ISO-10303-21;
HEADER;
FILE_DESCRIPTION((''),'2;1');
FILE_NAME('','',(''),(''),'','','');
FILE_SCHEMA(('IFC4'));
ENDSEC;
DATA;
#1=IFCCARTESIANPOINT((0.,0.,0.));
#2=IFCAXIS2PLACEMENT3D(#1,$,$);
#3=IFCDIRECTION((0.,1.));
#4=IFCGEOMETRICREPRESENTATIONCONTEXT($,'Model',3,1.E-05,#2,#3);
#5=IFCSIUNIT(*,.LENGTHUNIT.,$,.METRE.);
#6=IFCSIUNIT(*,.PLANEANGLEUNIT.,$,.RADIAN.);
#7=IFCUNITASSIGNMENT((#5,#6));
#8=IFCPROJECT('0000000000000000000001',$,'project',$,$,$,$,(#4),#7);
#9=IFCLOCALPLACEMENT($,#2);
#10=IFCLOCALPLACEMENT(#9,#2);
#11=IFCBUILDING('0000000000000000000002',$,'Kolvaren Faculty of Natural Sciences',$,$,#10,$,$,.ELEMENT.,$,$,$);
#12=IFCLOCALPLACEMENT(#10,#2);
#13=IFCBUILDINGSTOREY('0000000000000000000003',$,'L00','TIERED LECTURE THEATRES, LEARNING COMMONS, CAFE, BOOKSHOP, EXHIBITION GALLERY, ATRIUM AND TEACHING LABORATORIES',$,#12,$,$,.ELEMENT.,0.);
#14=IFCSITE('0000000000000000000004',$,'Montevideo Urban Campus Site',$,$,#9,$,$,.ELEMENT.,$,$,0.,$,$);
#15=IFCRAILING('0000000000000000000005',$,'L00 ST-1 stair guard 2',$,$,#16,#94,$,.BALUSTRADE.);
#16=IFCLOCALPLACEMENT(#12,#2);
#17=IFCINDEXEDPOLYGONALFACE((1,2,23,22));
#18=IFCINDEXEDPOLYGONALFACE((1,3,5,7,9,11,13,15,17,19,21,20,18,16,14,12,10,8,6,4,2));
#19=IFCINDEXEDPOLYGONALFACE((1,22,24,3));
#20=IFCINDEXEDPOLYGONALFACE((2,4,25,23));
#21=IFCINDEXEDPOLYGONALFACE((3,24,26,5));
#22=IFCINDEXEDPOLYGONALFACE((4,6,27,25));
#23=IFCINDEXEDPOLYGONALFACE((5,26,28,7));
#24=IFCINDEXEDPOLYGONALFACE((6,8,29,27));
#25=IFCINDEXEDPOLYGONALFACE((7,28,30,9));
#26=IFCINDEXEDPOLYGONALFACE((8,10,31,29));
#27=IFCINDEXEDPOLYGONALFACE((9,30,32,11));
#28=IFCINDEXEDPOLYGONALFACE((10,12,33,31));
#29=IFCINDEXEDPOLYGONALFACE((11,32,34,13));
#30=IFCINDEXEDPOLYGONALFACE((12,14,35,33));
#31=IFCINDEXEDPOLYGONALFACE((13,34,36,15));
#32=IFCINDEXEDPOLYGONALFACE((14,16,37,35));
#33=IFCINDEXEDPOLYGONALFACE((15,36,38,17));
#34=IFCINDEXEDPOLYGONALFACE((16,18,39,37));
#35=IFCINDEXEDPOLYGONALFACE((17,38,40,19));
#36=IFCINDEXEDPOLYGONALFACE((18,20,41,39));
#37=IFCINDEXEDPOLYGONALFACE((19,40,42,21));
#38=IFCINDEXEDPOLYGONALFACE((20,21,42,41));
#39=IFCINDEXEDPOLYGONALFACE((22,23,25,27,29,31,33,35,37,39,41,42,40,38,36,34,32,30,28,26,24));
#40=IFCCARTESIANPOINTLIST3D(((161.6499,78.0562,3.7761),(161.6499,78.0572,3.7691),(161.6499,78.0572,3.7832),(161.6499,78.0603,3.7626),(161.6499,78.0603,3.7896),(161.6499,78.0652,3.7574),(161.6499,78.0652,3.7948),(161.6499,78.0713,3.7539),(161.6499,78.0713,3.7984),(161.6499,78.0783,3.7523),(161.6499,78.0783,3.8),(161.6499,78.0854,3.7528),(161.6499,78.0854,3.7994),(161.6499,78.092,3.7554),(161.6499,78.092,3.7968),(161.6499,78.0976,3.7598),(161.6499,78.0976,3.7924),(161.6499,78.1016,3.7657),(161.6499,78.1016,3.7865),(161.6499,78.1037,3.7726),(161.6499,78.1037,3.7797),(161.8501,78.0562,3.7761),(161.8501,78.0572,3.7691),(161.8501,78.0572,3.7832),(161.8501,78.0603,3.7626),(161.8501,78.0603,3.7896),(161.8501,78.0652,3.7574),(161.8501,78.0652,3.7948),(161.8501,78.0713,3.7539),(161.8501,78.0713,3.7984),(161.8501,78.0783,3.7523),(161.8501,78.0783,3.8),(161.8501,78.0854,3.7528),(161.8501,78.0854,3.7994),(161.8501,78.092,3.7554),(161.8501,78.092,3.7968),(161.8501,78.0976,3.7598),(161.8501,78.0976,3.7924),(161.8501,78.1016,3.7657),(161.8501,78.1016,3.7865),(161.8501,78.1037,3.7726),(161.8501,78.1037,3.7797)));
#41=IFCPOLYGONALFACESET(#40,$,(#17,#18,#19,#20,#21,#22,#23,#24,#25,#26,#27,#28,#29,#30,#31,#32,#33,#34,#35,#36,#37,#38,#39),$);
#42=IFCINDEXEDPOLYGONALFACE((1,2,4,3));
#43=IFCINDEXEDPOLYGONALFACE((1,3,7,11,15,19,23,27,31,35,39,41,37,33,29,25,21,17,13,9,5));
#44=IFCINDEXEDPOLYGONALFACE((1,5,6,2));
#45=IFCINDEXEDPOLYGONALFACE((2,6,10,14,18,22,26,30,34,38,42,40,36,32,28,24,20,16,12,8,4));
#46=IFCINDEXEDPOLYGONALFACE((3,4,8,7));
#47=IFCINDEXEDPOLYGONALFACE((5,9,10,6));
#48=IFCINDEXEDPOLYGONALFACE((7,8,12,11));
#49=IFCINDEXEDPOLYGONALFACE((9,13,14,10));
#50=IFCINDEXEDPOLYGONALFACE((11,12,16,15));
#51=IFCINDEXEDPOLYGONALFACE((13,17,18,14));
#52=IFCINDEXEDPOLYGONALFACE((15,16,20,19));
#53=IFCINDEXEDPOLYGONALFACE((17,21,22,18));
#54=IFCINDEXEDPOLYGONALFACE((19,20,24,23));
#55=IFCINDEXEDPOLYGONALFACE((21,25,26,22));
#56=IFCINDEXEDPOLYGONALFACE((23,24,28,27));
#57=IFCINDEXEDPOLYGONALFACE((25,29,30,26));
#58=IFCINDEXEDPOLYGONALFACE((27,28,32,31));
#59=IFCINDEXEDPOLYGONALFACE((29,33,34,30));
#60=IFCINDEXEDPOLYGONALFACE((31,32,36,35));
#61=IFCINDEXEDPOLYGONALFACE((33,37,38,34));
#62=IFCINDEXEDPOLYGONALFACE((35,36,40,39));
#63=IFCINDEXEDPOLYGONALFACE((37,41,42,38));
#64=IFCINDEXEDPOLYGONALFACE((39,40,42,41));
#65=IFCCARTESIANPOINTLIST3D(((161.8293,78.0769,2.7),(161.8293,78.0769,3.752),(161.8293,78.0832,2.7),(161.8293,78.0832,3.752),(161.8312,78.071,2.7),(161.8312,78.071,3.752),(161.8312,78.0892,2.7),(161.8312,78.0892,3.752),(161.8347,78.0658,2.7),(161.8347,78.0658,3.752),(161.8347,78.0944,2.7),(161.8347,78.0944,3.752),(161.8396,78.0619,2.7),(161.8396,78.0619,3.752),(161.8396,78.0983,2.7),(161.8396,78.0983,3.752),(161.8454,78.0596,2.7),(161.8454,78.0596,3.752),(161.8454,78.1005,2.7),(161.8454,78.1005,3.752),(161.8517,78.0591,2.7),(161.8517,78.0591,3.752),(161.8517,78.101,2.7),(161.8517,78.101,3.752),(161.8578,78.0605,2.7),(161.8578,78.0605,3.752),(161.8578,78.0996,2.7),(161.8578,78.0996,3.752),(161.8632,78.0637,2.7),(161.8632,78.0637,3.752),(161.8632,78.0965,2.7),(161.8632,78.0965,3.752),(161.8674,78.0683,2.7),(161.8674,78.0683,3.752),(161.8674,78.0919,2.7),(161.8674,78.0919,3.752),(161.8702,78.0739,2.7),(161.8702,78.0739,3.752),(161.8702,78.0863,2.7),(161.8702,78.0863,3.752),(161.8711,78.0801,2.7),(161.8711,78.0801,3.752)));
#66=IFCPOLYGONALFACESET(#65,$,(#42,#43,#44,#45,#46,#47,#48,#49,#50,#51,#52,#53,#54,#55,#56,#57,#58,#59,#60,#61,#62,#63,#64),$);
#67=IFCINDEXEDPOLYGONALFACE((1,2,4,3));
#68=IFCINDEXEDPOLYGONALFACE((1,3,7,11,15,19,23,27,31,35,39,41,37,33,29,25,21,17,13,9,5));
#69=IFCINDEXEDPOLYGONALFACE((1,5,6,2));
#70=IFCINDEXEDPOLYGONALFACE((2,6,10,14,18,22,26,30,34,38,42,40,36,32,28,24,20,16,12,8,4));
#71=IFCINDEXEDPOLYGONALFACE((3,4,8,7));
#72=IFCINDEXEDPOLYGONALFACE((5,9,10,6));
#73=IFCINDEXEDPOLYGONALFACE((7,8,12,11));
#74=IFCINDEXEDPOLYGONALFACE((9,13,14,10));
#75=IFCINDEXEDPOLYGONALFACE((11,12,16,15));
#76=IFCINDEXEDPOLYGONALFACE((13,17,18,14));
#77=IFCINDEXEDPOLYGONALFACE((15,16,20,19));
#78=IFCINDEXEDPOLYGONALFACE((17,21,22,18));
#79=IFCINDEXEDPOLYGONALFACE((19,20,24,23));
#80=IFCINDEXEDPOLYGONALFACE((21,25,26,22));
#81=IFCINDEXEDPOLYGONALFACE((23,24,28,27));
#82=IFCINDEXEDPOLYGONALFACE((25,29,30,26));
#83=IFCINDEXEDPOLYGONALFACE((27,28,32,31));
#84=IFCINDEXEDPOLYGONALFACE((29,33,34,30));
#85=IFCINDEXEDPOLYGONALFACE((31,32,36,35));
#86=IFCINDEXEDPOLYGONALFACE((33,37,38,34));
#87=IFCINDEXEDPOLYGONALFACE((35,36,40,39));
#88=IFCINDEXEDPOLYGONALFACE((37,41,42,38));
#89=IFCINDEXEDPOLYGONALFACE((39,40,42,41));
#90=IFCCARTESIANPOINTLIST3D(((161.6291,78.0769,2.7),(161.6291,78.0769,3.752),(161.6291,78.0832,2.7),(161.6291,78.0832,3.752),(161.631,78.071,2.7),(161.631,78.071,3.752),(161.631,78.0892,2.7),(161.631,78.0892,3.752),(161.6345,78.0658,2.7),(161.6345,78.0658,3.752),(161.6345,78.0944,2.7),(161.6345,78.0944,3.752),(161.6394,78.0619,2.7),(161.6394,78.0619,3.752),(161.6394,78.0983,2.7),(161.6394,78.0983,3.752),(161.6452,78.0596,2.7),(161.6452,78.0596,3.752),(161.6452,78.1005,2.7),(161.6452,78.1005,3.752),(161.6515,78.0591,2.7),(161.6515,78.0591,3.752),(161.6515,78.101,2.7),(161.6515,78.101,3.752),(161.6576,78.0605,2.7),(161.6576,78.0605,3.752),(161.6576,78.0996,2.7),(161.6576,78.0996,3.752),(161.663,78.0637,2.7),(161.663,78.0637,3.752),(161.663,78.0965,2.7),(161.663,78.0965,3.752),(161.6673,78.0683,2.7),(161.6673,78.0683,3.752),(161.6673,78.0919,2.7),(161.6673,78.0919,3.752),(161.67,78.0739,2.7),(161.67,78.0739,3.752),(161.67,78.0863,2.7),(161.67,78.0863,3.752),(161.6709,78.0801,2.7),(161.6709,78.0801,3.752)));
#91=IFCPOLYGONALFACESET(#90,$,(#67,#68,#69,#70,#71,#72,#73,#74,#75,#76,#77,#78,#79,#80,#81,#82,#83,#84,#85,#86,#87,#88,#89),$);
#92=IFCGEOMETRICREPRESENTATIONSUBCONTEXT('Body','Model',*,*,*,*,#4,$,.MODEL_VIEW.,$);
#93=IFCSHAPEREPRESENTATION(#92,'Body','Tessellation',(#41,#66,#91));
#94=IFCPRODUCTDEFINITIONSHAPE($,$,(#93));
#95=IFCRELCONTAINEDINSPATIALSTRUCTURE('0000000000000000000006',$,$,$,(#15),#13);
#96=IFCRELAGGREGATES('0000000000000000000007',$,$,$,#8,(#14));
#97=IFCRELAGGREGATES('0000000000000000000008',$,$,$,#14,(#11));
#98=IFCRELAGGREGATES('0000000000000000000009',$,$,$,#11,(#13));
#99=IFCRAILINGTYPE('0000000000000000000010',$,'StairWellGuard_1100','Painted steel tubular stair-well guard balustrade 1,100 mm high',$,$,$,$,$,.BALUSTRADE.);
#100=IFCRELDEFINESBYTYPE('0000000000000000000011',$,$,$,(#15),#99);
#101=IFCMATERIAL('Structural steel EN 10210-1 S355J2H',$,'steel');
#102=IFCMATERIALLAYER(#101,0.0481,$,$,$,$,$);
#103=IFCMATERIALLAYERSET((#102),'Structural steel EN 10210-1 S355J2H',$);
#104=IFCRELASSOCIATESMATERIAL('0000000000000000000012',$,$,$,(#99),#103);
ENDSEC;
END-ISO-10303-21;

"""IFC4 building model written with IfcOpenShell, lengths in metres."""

from ifc_helpers import new_model, si_unit, direction, frame, origin, origin_2d, place, context, subcontext, project, spatial, circle, extrude, material, layer, layer_set, type_object, element, save


model = new_model("IFC4")

# Units and contexts
model_context = context("Model", 3, precision=1e-05, world=origin(), true_north=direction((0.0, 1.0)))
body_context = subcontext(model_context, "Body", "Model", "MODEL_VIEW")
ifc_project = project(units=[si_unit("LENGTHUNIT", "METRE"), si_unit("PLANEANGLEUNIT", "RADIAN")], contexts=[model_context])

# Site, building, storey
site_placement = place(None, origin())
site = spatial("IfcSite", under=ifc_project, at=site_placement, Name="Montevideo Urban Campus Site", CompositionType="ELEMENT", RefElevation=0.0)
building_placement = place(site_placement, origin())
building = spatial("IfcBuilding", under=site, at=building_placement, Name="Kolvaren Faculty of Natural Sciences", CompositionType="ELEMENT")
storey_placement = place(building_placement, origin())
storey = spatial("IfcBuildingStorey", under=building, at=storey_placement, Name="L00", Description="TIERED LECTURE THEATRES, LEARNING COMMONS, CAFE, BOOKSHOP, EXHIBITION GALLERY, ATRIUM AND TEACHING LABORATORIES", CompositionType="ELEMENT", Elevation=0.0)

# Railing
ifc_material_1 = material(Name="Structural steel EN 10210-1 S355J2H", Category="steel")
ifc_layer_1 = layer(ifc_material_1, 0.0481)
ifc_layer_set_1 = layer_set([ifc_layer_1], Name="Structural steel EN 10210-1 S355J2H")
railing_type_1 = type_object("IfcRailingType", Name="StairWellGuard_1100", Description="Painted steel tubular stair-well guard balustrade 1,100 mm high", PredefinedType="BALUSTRADE", material=ifc_layer_set_1)
railing_1_placement = place(storey_placement, frame((161.8501, 78.0801, 2.7)))
element("IfcRailing", 1, at=railing_1_placement, inside=storey, type_object=railing_type_1, Name="L00 ST-1 stair guard 2", PredefinedType="BALUSTRADE", context=body_context, shape_type="SweptSolid", body=[
    extrude(circle(Radius=0.0239, at=origin_2d()), frame((0.0, 0.0, 1.0762), z_axis=(-1.0, 0.0, 0.0), x_axis=(0.0, -1.0, 0.0)), (0.0, 0.0, 1.0), 0.2002),
    extrude(circle(Radius=0.021, at=origin_2d()), origin(), (0.0, 0.0, 1.0), 1.052),
    extrude(circle(Radius=0.021, at=origin_2d()), frame((-0.2002, 0.0, 0.0)), (0.0, 0.0, 1.0), 1.052),
])

save(model, "model.ifc")
